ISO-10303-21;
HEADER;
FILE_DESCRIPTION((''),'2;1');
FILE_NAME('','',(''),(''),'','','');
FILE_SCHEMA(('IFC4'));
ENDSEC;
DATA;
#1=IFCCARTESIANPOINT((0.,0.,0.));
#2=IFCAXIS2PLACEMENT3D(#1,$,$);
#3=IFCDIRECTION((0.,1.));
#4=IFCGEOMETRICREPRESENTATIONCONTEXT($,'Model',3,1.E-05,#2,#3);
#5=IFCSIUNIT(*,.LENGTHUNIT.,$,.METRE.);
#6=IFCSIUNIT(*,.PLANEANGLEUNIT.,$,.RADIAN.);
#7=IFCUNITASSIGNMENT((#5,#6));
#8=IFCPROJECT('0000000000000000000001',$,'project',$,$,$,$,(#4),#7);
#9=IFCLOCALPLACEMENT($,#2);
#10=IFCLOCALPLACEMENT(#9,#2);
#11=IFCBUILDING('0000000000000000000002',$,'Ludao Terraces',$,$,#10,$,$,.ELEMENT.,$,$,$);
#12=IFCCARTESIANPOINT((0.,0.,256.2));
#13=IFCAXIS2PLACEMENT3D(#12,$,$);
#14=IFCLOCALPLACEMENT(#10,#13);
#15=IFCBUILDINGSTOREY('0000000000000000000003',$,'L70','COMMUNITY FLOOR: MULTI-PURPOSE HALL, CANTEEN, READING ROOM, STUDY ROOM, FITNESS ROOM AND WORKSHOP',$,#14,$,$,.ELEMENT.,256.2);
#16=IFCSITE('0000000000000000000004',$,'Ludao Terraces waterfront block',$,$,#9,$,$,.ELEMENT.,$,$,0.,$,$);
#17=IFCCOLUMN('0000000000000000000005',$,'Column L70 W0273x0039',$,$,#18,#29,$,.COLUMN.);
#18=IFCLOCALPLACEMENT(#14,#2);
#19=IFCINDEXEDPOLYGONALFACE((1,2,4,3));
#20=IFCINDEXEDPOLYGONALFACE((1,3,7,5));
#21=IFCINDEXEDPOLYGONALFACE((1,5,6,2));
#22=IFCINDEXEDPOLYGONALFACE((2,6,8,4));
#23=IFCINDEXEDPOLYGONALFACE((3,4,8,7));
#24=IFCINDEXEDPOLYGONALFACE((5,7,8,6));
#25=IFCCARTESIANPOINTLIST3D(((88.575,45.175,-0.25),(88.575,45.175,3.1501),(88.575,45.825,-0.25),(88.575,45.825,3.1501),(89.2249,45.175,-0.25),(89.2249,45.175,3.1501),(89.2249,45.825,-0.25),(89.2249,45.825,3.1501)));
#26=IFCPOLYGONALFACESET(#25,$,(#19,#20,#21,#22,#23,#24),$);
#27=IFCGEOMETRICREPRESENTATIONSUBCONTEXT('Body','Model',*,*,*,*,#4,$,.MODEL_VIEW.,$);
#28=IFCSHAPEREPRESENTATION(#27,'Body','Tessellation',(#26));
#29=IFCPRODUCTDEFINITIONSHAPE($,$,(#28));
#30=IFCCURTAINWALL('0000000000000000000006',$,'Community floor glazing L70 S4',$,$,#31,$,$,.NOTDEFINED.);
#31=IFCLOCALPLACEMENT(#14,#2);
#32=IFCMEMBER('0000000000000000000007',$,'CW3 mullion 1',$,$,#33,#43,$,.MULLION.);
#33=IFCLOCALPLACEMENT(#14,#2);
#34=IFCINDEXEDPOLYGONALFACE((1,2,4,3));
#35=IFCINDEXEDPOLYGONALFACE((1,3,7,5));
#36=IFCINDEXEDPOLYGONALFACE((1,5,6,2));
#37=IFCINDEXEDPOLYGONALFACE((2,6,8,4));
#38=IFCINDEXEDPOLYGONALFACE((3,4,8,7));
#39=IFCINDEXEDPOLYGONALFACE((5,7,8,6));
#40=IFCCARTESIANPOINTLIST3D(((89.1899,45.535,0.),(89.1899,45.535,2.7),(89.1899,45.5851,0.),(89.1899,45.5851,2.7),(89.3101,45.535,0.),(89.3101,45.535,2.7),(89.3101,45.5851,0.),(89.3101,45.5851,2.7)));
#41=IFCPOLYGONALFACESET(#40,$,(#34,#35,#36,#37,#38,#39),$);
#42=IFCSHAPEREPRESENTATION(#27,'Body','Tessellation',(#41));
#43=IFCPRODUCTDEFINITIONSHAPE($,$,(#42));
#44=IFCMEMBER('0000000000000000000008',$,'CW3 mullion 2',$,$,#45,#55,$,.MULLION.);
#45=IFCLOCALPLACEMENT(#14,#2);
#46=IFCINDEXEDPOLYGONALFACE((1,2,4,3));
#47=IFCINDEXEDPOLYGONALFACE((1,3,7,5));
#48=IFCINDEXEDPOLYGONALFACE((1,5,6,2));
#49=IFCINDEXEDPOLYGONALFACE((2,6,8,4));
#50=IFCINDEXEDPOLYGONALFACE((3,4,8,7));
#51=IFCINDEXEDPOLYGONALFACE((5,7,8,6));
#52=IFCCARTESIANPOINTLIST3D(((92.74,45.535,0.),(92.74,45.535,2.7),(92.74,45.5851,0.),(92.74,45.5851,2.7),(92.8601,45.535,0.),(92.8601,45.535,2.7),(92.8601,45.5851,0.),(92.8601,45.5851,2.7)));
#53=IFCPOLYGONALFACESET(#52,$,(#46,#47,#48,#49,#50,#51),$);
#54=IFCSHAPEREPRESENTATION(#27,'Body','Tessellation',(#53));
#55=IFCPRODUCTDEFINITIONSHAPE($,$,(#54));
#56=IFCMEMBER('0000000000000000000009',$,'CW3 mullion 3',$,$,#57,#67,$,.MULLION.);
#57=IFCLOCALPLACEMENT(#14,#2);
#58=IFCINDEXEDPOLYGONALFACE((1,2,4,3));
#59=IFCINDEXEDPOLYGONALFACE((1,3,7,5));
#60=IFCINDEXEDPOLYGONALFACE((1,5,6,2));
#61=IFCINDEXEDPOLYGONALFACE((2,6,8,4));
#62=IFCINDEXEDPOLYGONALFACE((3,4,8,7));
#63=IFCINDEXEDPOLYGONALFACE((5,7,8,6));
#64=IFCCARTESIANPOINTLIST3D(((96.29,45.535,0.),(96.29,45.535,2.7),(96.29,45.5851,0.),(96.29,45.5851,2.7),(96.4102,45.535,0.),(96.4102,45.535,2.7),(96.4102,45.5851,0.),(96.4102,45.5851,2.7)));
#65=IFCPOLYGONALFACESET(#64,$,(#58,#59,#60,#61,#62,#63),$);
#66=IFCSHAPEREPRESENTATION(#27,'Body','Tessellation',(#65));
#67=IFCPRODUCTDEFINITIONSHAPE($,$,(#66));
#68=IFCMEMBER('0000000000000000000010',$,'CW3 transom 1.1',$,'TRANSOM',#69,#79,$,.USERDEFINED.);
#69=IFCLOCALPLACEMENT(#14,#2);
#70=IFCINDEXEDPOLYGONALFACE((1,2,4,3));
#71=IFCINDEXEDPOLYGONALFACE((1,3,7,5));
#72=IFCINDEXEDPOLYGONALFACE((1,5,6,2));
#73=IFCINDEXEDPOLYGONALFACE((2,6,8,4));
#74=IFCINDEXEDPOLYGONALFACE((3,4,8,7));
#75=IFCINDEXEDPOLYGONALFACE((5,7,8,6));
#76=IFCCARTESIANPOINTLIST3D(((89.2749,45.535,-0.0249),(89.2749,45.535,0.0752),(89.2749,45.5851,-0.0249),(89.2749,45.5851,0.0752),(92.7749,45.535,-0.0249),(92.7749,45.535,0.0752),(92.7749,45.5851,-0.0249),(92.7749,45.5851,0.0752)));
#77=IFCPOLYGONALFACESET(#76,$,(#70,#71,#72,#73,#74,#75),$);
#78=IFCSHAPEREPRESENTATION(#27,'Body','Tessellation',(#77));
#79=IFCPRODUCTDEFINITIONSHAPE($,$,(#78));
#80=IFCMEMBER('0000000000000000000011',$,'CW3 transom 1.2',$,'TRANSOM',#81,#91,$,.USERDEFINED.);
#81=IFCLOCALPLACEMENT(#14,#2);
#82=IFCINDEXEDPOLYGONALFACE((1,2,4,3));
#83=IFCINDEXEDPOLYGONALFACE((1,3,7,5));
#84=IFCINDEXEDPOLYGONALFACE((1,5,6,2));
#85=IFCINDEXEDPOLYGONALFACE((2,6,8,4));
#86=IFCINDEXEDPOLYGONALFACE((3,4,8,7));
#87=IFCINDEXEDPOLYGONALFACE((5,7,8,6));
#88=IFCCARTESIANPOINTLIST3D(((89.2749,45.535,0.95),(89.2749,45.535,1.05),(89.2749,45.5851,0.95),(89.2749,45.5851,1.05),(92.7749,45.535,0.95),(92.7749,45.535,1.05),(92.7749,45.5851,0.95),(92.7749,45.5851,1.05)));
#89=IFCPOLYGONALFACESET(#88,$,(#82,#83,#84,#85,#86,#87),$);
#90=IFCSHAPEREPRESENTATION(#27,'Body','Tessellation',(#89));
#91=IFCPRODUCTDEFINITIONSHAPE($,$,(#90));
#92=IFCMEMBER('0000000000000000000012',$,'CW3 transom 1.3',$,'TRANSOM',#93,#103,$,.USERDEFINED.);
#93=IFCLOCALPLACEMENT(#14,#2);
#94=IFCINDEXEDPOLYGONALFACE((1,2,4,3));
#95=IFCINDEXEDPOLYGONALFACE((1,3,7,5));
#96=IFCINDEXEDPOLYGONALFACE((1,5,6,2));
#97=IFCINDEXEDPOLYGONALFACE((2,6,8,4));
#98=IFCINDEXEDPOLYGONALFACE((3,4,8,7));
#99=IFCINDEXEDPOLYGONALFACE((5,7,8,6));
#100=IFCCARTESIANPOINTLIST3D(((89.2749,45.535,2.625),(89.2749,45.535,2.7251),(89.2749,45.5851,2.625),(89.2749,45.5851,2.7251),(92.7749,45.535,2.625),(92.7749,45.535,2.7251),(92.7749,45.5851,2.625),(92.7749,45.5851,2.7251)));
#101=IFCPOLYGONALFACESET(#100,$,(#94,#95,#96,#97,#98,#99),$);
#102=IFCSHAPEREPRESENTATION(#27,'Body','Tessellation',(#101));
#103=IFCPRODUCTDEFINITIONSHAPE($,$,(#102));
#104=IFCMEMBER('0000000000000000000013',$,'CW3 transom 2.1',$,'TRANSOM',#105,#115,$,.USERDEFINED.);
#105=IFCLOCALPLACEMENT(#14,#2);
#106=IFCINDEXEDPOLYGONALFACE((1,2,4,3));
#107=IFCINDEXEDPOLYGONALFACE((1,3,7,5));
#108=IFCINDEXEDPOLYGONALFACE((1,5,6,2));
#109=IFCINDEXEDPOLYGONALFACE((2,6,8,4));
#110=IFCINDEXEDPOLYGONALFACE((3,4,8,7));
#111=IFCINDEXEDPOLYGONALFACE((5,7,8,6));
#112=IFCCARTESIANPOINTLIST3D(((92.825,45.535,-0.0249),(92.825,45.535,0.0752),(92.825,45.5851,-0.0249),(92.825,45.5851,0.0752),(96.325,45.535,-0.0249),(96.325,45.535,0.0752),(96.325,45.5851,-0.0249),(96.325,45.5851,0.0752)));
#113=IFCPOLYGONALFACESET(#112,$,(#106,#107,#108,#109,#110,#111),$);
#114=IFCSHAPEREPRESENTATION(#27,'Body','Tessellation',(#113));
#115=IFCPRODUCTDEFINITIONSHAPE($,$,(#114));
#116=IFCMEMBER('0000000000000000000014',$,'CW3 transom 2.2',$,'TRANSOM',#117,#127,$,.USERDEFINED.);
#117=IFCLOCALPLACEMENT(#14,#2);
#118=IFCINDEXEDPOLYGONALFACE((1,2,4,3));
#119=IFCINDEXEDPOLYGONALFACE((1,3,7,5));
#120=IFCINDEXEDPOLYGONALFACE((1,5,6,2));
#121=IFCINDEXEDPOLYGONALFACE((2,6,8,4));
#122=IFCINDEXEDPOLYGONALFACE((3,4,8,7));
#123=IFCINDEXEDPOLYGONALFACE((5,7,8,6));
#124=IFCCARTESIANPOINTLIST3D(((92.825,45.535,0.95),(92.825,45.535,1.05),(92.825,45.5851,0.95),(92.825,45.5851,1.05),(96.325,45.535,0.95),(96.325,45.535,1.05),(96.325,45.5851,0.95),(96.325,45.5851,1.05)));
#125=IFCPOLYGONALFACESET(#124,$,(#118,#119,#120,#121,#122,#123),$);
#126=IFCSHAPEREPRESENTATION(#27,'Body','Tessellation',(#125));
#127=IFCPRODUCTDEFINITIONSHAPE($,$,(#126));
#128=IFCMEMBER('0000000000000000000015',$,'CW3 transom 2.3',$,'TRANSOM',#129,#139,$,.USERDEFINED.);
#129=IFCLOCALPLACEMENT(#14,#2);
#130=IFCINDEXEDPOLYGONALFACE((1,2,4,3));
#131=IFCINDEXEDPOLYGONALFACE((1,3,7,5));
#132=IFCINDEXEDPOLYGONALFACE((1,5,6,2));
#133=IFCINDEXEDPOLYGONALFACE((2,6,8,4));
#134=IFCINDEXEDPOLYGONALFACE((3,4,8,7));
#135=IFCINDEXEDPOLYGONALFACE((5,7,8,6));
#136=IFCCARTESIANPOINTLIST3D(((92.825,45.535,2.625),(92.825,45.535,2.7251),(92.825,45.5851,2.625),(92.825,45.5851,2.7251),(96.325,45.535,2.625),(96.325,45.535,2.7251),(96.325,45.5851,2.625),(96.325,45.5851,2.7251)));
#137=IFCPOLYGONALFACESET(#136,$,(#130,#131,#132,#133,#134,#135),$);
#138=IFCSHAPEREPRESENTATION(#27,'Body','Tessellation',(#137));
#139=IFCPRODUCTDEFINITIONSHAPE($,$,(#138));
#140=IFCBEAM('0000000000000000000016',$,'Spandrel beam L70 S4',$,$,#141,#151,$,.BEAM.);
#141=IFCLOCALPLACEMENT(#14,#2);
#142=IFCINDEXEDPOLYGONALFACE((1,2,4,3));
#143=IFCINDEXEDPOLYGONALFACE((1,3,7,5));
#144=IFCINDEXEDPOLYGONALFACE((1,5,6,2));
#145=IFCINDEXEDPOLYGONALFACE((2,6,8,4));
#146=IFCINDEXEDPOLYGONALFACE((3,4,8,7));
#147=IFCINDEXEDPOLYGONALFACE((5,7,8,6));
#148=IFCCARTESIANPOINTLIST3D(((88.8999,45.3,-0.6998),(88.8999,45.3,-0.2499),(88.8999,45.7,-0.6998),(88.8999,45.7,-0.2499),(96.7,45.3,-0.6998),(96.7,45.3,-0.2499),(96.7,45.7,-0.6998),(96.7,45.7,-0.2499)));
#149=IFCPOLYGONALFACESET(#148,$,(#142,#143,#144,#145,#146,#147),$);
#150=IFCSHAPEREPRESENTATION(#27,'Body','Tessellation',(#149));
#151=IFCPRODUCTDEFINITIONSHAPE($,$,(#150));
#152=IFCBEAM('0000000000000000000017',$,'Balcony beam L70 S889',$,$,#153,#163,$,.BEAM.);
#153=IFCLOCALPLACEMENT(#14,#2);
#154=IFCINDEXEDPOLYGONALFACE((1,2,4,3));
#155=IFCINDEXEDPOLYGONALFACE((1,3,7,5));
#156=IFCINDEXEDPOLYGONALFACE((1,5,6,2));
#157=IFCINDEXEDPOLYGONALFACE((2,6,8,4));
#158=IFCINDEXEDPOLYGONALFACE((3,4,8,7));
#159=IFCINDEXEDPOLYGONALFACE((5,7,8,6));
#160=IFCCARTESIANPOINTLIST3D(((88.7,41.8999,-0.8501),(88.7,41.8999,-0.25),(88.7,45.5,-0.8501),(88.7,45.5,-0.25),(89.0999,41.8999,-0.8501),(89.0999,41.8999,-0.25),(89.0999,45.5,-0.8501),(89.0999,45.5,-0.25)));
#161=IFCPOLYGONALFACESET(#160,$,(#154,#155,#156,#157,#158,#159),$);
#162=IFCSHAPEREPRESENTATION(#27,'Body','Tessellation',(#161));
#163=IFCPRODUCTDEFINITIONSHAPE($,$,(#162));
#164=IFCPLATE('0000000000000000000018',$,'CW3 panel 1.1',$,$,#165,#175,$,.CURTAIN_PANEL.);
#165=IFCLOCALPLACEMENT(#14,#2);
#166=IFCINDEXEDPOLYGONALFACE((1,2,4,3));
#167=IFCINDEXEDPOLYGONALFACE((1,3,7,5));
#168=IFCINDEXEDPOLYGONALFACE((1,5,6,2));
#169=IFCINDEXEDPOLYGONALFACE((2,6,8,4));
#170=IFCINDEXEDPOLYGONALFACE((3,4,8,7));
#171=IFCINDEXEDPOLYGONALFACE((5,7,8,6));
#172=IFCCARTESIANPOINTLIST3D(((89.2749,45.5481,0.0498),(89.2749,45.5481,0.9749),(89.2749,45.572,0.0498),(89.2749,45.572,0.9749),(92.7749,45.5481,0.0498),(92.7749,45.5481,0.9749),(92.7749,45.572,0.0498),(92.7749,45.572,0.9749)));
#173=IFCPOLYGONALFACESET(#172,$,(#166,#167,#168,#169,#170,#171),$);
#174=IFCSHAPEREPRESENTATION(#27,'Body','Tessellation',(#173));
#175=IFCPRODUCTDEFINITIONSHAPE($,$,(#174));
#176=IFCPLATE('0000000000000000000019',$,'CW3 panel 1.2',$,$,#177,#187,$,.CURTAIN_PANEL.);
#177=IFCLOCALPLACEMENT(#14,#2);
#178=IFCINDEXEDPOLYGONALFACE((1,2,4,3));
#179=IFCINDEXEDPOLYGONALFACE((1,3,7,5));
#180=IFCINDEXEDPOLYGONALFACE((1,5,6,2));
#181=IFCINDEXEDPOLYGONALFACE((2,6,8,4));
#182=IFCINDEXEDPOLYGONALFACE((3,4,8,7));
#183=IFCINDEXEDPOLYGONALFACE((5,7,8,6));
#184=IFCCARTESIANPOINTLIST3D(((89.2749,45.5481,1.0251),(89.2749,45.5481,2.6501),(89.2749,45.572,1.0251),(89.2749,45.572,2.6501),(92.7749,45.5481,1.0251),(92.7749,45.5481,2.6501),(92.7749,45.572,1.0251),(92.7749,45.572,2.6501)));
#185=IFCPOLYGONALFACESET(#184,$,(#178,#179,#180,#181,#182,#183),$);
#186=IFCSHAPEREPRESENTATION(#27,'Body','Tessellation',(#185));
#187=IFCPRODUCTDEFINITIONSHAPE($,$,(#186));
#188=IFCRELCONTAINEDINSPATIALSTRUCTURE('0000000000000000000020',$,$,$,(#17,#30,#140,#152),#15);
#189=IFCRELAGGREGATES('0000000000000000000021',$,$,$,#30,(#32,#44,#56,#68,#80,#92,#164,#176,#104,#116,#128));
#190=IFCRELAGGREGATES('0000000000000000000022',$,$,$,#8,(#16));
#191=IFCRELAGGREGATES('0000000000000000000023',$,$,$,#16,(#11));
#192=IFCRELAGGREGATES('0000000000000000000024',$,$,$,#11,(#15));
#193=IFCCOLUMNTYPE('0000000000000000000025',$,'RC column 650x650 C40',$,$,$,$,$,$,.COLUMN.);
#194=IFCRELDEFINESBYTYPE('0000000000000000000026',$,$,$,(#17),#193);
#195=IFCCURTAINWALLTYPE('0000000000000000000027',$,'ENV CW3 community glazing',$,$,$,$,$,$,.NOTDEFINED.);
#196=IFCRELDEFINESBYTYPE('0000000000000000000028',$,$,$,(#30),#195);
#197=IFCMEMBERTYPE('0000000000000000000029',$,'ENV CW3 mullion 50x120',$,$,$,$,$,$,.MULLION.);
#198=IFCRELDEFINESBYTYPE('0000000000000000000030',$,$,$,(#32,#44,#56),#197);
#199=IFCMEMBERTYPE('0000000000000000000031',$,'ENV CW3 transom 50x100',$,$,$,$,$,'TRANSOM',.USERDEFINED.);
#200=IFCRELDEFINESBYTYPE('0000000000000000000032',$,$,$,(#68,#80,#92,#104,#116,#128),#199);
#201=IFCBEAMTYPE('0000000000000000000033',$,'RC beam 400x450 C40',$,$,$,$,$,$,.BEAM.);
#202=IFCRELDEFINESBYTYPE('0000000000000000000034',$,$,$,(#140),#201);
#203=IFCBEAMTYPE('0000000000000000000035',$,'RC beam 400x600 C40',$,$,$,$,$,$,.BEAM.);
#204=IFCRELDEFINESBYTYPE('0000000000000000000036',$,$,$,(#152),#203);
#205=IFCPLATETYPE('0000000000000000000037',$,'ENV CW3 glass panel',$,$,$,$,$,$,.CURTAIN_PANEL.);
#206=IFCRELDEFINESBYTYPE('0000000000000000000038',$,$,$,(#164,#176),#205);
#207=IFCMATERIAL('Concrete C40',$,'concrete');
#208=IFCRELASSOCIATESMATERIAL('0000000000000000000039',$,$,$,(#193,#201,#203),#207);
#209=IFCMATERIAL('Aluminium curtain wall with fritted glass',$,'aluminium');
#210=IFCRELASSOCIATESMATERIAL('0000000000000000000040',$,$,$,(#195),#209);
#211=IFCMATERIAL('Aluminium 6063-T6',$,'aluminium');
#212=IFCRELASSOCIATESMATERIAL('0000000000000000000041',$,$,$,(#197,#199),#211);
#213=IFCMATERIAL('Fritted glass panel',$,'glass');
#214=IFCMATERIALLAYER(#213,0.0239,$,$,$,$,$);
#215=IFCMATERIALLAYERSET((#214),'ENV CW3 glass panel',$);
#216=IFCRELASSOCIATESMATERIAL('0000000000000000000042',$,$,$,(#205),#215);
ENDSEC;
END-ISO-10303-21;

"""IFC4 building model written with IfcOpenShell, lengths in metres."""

from ifc_helpers import new_model, si_unit, direction, frame, origin, origin_2d, place, context, subcontext, project, spatial, rectangle, extrude, material, layer, layer_set, material_profile, profile_set, type_object, element, aggregate, save


model = new_model("IFC4")

# Units and contexts
model_context = context("Model", 3, precision=1e-05, world=origin(), true_north=direction((0.0, 1.0)))
body_context = subcontext(model_context, "Body", "Model", "MODEL_VIEW")
ifc_project = project(units=[si_unit("LENGTHUNIT", "METRE"), si_unit("PLANEANGLEUNIT", "RADIAN")], contexts=[model_context])

# Site, building, storey
site_placement = place(None, origin())
site = spatial("IfcSite", under=ifc_project, at=site_placement, Name="Ludao Terraces waterfront block", CompositionType="ELEMENT", RefElevation=0.0)
building_placement = place(site_placement, origin())
building = spatial("IfcBuilding", under=site, at=building_placement, Name="Ludao Terraces", CompositionType="ELEMENT")
storey_placement = place(building_placement, frame((0.0, 0.0, 256.2)))
storey = spatial("IfcBuildingStorey", under=building, at=storey_placement, Name="L70", Description="COMMUNITY FLOOR: MULTI-PURPOSE HALL, CANTEEN, READING ROOM, STUDY ROOM, FITNESS ROOM AND WORKSHOP", CompositionType="ELEMENT", Elevation=256.2)

# Column
ifc_material_1 = material(Name="Concrete C40", Category="concrete")
ifc_material_profile_1 = material_profile(ifc_material_1, rectangle(XDim=0.6499, YDim=0.6499, at=origin_2d()), Name="650 X 650")
ifc_profile_set_1 = profile_set([ifc_material_profile_1], Name="Concrete C40")
column_type = type_object("IfcColumnType", Name="RC column 650x650 C40", PredefinedType="COLUMN", material=ifc_profile_set_1)
column_placement = place(storey_placement, frame((88.8999, 45.5, -0.25), z_axis=(0.0, 0.0, 1.0), x_axis=(1.0, 0.0, 0.0)))
element("IfcColumn", 1, at=column_placement, inside=storey, type_object=column_type, Name="Column L70 W0273x0039", PredefinedType="COLUMN", context=body_context, shape_type="SweptSolid", body=[
    extrude(rectangle(XDim=0.6499, YDim=0.6499, at=origin_2d()), origin(), (0.0, 0.0, 1.0), 3.4001),
])

# Curtain wall, members
ifc_material_2 = material(Name="Aluminium curtain wall with fritted glass", Category="aluminium")
curtain_wall_type = type_object("IfcCurtainWallType", Name="ENV CW3 community glazing", PredefinedType="NOTDEFINED", material=ifc_material_2)
curtain_wall_placement = place(storey_placement, origin())
curtain_wall = element("IfcCurtainWall", 2, at=curtain_wall_placement, inside=storey, type_object=curtain_wall_type, Name="Community floor glazing L70 S4", PredefinedType="NOTDEFINED")
ifc_material_3 = material(Name="Aluminium 6063-T6", Category="aluminium")
ifc_material_profile_2 = material_profile(ifc_material_3, rectangle(XDim=0.05, YDim=0.1201, at=origin_2d()), Name="50 X 120")
ifc_profile_set_2 = profile_set([ifc_material_profile_2], Name="Aluminium 6063-T6")
member_type_1 = type_object("IfcMemberType", Name="ENV CW3 mullion 50x120", PredefinedType="MULLION", material=ifc_profile_set_2)
member_1_placement = place(storey_placement, frame((89.25, 45.5601, 0.0), z_axis=(0.0, 0.0, 1.0), x_axis=(0.0, 1.0, 0.0)))
member_1 = element("IfcMember", 3, at=member_1_placement, type_object=member_type_1, Name="CW3 mullion 1", PredefinedType="MULLION", context=body_context, shape_type="SweptSolid", body=[
    extrude(rectangle(XDim=0.05, YDim=0.1201, at=origin_2d()), origin(), (0.0, 0.0, 1.0), 2.7),
])
member_2_placement = place(storey_placement, frame((92.8, 45.5601, 0.0), z_axis=(0.0, 0.0, 1.0), x_axis=(0.0, 1.0, 0.0)))
member_2 = element("IfcMember", 4, at=member_2_placement, type_object=member_type_1, Name="CW3 mullion 2", PredefinedType="MULLION", context=body_context, shape_type="SweptSolid", body=[
    extrude(rectangle(XDim=0.05, YDim=0.1201, at=origin_2d()), origin(), (0.0, 0.0, 1.0), 2.7),
])
member_3_placement = place(storey_placement, frame((96.3501, 45.5601, 0.0), z_axis=(0.0, 0.0, 1.0), x_axis=(0.0, 1.0, 0.0)))
member_3 = element("IfcMember", 5, at=member_3_placement, type_object=member_type_1, Name="CW3 mullion 3", PredefinedType="MULLION", context=body_context, shape_type="SweptSolid", body=[
    extrude(rectangle(XDim=0.05, YDim=0.1201, at=origin_2d()), origin(), (0.0, 0.0, 1.0), 2.7),
])
ifc_material_profile_3 = material_profile(ifc_material_3, rectangle(XDim=0.05, YDim=0.1001, at=origin_2d()), Name="50 X 100")
ifc_profile_set_3 = profile_set([ifc_material_profile_3], Name="Aluminium 6063-T6")
member_type_2 = type_object("IfcMemberType", Name="ENV CW3 transom 50x100", ElementType="TRANSOM", PredefinedType="USERDEFINED", material=ifc_profile_set_3)
member_4_placement = place(storey_placement, frame((89.2749, 45.5601, 0.0251), z_axis=(1.0, 0.0, 0.0), x_axis=(0.0, 1.0, 0.0)))
member_4 = element("IfcMember", 6, at=member_4_placement, type_object=member_type_2, Name="CW3 transom 1.1", ObjectType="TRANSOM", PredefinedType="USERDEFINED", context=body_context, shape_type="SweptSolid", body=[
    extrude(rectangle(XDim=0.05, YDim=0.1001, at=origin_2d()), origin(), (0.0, 0.0, 1.0), 3.5),
])
member_5_placement = place(storey_placement, frame((89.2749, 45.5601, 1.0), z_axis=(1.0, 0.0, 0.0), x_axis=(0.0, 1.0, 0.0)))
member_5 = element("IfcMember", 7, at=member_5_placement, type_object=member_type_2, Name="CW3 transom 1.2", ObjectType="TRANSOM", PredefinedType="USERDEFINED", context=body_context, shape_type="SweptSolid", body=[
    extrude(rectangle(XDim=0.05, YDim=0.1001, at=origin_2d()), origin(), (0.0, 0.0, 1.0), 3.5),
])
member_6_placement = place(storey_placement, frame((89.2749, 45.5601, 2.675), z_axis=(1.0, 0.0, 0.0), x_axis=(0.0, 1.0, 0.0)))
member_6 = element("IfcMember", 8, at=member_6_placement, type_object=member_type_2, Name="CW3 transom 1.3", ObjectType="TRANSOM", PredefinedType="USERDEFINED", context=body_context, shape_type="SweptSolid", body=[
    extrude(rectangle(XDim=0.05, YDim=0.1001, at=origin_2d()), origin(), (0.0, 0.0, 1.0), 3.5),
])
member_7_placement = place(storey_placement, frame((92.825, 45.5601, 0.0251), z_axis=(1.0, 0.0, 0.0), x_axis=(0.0, 1.0, 0.0)))
member_7 = element("IfcMember", 9, at=member_7_placement, type_object=member_type_2, Name="CW3 transom 2.1", ObjectType="TRANSOM", PredefinedType="USERDEFINED", context=body_context, shape_type="SweptSolid", body=[
    extrude(rectangle(XDim=0.05, YDim=0.1001, at=origin_2d()), origin(), (0.0, 0.0, 1.0), 3.5),
])
member_8_placement = place(storey_placement, frame((92.825, 45.5601, 1.0), z_axis=(1.0, 0.0, 0.0), x_axis=(0.0, 1.0, 0.0)))
member_8 = element("IfcMember", 10, at=member_8_placement, type_object=member_type_2, Name="CW3 transom 2.2", ObjectType="TRANSOM", PredefinedType="USERDEFINED", context=body_context, shape_type="SweptSolid", body=[
    extrude(rectangle(XDim=0.05, YDim=0.1001, at=origin_2d()), origin(), (0.0, 0.0, 1.0), 3.5),
])
member_9_placement = place(storey_placement, frame((92.825, 45.5601, 2.675), z_axis=(1.0, 0.0, 0.0), x_axis=(0.0, 1.0, 0.0)))
member_9 = element("IfcMember", 11, at=member_9_placement, type_object=member_type_2, Name="CW3 transom 2.3", ObjectType="TRANSOM", PredefinedType="USERDEFINED", context=body_context, shape_type="SweptSolid", body=[
    extrude(rectangle(XDim=0.05, YDim=0.1001, at=origin_2d()), origin(), (0.0, 0.0, 1.0), 3.5),
])

# Beams
ifc_material_profile_4 = material_profile(ifc_material_1, rectangle(XDim=0.3999, YDim=0.45, at=origin_2d()), Name="400 X 450")
ifc_profile_set_4 = profile_set([ifc_material_profile_4], Name="Concrete C40")
beam_type_1 = type_object("IfcBeamType", Name="RC beam 400x450 C40", PredefinedType="BEAM", material=ifc_profile_set_4)
beam_1_placement = place(storey_placement, frame((88.8999, 45.5, -0.4749), z_axis=(1.0, 0.0, 0.0), x_axis=(0.0, 1.0, 0.0)))
element("IfcBeam", 12, at=beam_1_placement, inside=storey, type_object=beam_type_1, Name="Spandrel beam L70 S4", PredefinedType="BEAM", context=body_context, shape_type="SweptSolid", body=[
    extrude(rectangle(XDim=0.3999, YDim=0.45, at=origin_2d()), origin(), (0.0, 0.0, 1.0), 7.8),
])
ifc_material_profile_5 = material_profile(ifc_material_1, rectangle(XDim=0.3999, YDim=0.6001, at=origin_2d()), Name="400 X 600")
ifc_profile_set_5 = profile_set([ifc_material_profile_5], Name="Concrete C40")
beam_type_2 = type_object("IfcBeamType", Name="RC beam 400x600 C40", PredefinedType="BEAM", material=ifc_profile_set_5)
beam_2_placement = place(storey_placement, frame((88.8999, 45.5, -0.55), z_axis=(0.0, -1.0, 0.0), x_axis=(1.0, 0.0, 0.0)))
element("IfcBeam", 13, at=beam_2_placement, inside=storey, type_object=beam_type_2, Name="Balcony beam L70 S889", PredefinedType="BEAM", context=body_context, shape_type="SweptSolid", body=[
    extrude(rectangle(XDim=0.3999, YDim=0.6001, at=origin_2d()), origin(), (0.0, 0.0, 1.0), 3.6001),
])

# Plates
ifc_material_4 = material(Name="Fritted glass panel", Category="glass")
ifc_layer_1 = layer(ifc_material_4, 0.0239)
ifc_layer_set_1 = layer_set([ifc_layer_1], Name="ENV CW3 glass panel")
plate_type = type_object("IfcPlateType", Name="ENV CW3 glass panel", PredefinedType="CURTAIN_PANEL", material=ifc_layer_set_1)
plate_1_placement = place(storey_placement, frame((91.0249, 45.5601, 0.0498), z_axis=(0.0, 0.0, 1.0), x_axis=(1.0, 0.0, 0.0)))
plate_1 = element("IfcPlate", 14, at=plate_1_placement, type_object=plate_type, Name="CW3 panel 1.1", PredefinedType="CURTAIN_PANEL", context=body_context, shape_type="SweptSolid", body=[
    extrude(rectangle(XDim=3.5, YDim=0.0239, at=origin_2d()), origin(), (0.0, 0.0, 1.0), 0.925),
])
plate_2_placement = place(storey_placement, frame((91.0249, 45.5601, 1.0251), z_axis=(0.0, 0.0, 1.0), x_axis=(1.0, 0.0, 0.0)))
plate_2 = element("IfcPlate", 15, at=plate_2_placement, type_object=plate_type, Name="CW3 panel 1.2", PredefinedType="CURTAIN_PANEL", context=body_context, shape_type="SweptSolid", body=[
    extrude(rectangle(XDim=3.5, YDim=0.0239, at=origin_2d()), origin(), (0.0, 0.0, 1.0), 1.625),
])
aggregate(curtain_wall, [member_1, member_2, member_3, member_4, member_5, member_6, plate_1, plate_2, member_7, member_8, member_9])

save(model, "model.ifc")
